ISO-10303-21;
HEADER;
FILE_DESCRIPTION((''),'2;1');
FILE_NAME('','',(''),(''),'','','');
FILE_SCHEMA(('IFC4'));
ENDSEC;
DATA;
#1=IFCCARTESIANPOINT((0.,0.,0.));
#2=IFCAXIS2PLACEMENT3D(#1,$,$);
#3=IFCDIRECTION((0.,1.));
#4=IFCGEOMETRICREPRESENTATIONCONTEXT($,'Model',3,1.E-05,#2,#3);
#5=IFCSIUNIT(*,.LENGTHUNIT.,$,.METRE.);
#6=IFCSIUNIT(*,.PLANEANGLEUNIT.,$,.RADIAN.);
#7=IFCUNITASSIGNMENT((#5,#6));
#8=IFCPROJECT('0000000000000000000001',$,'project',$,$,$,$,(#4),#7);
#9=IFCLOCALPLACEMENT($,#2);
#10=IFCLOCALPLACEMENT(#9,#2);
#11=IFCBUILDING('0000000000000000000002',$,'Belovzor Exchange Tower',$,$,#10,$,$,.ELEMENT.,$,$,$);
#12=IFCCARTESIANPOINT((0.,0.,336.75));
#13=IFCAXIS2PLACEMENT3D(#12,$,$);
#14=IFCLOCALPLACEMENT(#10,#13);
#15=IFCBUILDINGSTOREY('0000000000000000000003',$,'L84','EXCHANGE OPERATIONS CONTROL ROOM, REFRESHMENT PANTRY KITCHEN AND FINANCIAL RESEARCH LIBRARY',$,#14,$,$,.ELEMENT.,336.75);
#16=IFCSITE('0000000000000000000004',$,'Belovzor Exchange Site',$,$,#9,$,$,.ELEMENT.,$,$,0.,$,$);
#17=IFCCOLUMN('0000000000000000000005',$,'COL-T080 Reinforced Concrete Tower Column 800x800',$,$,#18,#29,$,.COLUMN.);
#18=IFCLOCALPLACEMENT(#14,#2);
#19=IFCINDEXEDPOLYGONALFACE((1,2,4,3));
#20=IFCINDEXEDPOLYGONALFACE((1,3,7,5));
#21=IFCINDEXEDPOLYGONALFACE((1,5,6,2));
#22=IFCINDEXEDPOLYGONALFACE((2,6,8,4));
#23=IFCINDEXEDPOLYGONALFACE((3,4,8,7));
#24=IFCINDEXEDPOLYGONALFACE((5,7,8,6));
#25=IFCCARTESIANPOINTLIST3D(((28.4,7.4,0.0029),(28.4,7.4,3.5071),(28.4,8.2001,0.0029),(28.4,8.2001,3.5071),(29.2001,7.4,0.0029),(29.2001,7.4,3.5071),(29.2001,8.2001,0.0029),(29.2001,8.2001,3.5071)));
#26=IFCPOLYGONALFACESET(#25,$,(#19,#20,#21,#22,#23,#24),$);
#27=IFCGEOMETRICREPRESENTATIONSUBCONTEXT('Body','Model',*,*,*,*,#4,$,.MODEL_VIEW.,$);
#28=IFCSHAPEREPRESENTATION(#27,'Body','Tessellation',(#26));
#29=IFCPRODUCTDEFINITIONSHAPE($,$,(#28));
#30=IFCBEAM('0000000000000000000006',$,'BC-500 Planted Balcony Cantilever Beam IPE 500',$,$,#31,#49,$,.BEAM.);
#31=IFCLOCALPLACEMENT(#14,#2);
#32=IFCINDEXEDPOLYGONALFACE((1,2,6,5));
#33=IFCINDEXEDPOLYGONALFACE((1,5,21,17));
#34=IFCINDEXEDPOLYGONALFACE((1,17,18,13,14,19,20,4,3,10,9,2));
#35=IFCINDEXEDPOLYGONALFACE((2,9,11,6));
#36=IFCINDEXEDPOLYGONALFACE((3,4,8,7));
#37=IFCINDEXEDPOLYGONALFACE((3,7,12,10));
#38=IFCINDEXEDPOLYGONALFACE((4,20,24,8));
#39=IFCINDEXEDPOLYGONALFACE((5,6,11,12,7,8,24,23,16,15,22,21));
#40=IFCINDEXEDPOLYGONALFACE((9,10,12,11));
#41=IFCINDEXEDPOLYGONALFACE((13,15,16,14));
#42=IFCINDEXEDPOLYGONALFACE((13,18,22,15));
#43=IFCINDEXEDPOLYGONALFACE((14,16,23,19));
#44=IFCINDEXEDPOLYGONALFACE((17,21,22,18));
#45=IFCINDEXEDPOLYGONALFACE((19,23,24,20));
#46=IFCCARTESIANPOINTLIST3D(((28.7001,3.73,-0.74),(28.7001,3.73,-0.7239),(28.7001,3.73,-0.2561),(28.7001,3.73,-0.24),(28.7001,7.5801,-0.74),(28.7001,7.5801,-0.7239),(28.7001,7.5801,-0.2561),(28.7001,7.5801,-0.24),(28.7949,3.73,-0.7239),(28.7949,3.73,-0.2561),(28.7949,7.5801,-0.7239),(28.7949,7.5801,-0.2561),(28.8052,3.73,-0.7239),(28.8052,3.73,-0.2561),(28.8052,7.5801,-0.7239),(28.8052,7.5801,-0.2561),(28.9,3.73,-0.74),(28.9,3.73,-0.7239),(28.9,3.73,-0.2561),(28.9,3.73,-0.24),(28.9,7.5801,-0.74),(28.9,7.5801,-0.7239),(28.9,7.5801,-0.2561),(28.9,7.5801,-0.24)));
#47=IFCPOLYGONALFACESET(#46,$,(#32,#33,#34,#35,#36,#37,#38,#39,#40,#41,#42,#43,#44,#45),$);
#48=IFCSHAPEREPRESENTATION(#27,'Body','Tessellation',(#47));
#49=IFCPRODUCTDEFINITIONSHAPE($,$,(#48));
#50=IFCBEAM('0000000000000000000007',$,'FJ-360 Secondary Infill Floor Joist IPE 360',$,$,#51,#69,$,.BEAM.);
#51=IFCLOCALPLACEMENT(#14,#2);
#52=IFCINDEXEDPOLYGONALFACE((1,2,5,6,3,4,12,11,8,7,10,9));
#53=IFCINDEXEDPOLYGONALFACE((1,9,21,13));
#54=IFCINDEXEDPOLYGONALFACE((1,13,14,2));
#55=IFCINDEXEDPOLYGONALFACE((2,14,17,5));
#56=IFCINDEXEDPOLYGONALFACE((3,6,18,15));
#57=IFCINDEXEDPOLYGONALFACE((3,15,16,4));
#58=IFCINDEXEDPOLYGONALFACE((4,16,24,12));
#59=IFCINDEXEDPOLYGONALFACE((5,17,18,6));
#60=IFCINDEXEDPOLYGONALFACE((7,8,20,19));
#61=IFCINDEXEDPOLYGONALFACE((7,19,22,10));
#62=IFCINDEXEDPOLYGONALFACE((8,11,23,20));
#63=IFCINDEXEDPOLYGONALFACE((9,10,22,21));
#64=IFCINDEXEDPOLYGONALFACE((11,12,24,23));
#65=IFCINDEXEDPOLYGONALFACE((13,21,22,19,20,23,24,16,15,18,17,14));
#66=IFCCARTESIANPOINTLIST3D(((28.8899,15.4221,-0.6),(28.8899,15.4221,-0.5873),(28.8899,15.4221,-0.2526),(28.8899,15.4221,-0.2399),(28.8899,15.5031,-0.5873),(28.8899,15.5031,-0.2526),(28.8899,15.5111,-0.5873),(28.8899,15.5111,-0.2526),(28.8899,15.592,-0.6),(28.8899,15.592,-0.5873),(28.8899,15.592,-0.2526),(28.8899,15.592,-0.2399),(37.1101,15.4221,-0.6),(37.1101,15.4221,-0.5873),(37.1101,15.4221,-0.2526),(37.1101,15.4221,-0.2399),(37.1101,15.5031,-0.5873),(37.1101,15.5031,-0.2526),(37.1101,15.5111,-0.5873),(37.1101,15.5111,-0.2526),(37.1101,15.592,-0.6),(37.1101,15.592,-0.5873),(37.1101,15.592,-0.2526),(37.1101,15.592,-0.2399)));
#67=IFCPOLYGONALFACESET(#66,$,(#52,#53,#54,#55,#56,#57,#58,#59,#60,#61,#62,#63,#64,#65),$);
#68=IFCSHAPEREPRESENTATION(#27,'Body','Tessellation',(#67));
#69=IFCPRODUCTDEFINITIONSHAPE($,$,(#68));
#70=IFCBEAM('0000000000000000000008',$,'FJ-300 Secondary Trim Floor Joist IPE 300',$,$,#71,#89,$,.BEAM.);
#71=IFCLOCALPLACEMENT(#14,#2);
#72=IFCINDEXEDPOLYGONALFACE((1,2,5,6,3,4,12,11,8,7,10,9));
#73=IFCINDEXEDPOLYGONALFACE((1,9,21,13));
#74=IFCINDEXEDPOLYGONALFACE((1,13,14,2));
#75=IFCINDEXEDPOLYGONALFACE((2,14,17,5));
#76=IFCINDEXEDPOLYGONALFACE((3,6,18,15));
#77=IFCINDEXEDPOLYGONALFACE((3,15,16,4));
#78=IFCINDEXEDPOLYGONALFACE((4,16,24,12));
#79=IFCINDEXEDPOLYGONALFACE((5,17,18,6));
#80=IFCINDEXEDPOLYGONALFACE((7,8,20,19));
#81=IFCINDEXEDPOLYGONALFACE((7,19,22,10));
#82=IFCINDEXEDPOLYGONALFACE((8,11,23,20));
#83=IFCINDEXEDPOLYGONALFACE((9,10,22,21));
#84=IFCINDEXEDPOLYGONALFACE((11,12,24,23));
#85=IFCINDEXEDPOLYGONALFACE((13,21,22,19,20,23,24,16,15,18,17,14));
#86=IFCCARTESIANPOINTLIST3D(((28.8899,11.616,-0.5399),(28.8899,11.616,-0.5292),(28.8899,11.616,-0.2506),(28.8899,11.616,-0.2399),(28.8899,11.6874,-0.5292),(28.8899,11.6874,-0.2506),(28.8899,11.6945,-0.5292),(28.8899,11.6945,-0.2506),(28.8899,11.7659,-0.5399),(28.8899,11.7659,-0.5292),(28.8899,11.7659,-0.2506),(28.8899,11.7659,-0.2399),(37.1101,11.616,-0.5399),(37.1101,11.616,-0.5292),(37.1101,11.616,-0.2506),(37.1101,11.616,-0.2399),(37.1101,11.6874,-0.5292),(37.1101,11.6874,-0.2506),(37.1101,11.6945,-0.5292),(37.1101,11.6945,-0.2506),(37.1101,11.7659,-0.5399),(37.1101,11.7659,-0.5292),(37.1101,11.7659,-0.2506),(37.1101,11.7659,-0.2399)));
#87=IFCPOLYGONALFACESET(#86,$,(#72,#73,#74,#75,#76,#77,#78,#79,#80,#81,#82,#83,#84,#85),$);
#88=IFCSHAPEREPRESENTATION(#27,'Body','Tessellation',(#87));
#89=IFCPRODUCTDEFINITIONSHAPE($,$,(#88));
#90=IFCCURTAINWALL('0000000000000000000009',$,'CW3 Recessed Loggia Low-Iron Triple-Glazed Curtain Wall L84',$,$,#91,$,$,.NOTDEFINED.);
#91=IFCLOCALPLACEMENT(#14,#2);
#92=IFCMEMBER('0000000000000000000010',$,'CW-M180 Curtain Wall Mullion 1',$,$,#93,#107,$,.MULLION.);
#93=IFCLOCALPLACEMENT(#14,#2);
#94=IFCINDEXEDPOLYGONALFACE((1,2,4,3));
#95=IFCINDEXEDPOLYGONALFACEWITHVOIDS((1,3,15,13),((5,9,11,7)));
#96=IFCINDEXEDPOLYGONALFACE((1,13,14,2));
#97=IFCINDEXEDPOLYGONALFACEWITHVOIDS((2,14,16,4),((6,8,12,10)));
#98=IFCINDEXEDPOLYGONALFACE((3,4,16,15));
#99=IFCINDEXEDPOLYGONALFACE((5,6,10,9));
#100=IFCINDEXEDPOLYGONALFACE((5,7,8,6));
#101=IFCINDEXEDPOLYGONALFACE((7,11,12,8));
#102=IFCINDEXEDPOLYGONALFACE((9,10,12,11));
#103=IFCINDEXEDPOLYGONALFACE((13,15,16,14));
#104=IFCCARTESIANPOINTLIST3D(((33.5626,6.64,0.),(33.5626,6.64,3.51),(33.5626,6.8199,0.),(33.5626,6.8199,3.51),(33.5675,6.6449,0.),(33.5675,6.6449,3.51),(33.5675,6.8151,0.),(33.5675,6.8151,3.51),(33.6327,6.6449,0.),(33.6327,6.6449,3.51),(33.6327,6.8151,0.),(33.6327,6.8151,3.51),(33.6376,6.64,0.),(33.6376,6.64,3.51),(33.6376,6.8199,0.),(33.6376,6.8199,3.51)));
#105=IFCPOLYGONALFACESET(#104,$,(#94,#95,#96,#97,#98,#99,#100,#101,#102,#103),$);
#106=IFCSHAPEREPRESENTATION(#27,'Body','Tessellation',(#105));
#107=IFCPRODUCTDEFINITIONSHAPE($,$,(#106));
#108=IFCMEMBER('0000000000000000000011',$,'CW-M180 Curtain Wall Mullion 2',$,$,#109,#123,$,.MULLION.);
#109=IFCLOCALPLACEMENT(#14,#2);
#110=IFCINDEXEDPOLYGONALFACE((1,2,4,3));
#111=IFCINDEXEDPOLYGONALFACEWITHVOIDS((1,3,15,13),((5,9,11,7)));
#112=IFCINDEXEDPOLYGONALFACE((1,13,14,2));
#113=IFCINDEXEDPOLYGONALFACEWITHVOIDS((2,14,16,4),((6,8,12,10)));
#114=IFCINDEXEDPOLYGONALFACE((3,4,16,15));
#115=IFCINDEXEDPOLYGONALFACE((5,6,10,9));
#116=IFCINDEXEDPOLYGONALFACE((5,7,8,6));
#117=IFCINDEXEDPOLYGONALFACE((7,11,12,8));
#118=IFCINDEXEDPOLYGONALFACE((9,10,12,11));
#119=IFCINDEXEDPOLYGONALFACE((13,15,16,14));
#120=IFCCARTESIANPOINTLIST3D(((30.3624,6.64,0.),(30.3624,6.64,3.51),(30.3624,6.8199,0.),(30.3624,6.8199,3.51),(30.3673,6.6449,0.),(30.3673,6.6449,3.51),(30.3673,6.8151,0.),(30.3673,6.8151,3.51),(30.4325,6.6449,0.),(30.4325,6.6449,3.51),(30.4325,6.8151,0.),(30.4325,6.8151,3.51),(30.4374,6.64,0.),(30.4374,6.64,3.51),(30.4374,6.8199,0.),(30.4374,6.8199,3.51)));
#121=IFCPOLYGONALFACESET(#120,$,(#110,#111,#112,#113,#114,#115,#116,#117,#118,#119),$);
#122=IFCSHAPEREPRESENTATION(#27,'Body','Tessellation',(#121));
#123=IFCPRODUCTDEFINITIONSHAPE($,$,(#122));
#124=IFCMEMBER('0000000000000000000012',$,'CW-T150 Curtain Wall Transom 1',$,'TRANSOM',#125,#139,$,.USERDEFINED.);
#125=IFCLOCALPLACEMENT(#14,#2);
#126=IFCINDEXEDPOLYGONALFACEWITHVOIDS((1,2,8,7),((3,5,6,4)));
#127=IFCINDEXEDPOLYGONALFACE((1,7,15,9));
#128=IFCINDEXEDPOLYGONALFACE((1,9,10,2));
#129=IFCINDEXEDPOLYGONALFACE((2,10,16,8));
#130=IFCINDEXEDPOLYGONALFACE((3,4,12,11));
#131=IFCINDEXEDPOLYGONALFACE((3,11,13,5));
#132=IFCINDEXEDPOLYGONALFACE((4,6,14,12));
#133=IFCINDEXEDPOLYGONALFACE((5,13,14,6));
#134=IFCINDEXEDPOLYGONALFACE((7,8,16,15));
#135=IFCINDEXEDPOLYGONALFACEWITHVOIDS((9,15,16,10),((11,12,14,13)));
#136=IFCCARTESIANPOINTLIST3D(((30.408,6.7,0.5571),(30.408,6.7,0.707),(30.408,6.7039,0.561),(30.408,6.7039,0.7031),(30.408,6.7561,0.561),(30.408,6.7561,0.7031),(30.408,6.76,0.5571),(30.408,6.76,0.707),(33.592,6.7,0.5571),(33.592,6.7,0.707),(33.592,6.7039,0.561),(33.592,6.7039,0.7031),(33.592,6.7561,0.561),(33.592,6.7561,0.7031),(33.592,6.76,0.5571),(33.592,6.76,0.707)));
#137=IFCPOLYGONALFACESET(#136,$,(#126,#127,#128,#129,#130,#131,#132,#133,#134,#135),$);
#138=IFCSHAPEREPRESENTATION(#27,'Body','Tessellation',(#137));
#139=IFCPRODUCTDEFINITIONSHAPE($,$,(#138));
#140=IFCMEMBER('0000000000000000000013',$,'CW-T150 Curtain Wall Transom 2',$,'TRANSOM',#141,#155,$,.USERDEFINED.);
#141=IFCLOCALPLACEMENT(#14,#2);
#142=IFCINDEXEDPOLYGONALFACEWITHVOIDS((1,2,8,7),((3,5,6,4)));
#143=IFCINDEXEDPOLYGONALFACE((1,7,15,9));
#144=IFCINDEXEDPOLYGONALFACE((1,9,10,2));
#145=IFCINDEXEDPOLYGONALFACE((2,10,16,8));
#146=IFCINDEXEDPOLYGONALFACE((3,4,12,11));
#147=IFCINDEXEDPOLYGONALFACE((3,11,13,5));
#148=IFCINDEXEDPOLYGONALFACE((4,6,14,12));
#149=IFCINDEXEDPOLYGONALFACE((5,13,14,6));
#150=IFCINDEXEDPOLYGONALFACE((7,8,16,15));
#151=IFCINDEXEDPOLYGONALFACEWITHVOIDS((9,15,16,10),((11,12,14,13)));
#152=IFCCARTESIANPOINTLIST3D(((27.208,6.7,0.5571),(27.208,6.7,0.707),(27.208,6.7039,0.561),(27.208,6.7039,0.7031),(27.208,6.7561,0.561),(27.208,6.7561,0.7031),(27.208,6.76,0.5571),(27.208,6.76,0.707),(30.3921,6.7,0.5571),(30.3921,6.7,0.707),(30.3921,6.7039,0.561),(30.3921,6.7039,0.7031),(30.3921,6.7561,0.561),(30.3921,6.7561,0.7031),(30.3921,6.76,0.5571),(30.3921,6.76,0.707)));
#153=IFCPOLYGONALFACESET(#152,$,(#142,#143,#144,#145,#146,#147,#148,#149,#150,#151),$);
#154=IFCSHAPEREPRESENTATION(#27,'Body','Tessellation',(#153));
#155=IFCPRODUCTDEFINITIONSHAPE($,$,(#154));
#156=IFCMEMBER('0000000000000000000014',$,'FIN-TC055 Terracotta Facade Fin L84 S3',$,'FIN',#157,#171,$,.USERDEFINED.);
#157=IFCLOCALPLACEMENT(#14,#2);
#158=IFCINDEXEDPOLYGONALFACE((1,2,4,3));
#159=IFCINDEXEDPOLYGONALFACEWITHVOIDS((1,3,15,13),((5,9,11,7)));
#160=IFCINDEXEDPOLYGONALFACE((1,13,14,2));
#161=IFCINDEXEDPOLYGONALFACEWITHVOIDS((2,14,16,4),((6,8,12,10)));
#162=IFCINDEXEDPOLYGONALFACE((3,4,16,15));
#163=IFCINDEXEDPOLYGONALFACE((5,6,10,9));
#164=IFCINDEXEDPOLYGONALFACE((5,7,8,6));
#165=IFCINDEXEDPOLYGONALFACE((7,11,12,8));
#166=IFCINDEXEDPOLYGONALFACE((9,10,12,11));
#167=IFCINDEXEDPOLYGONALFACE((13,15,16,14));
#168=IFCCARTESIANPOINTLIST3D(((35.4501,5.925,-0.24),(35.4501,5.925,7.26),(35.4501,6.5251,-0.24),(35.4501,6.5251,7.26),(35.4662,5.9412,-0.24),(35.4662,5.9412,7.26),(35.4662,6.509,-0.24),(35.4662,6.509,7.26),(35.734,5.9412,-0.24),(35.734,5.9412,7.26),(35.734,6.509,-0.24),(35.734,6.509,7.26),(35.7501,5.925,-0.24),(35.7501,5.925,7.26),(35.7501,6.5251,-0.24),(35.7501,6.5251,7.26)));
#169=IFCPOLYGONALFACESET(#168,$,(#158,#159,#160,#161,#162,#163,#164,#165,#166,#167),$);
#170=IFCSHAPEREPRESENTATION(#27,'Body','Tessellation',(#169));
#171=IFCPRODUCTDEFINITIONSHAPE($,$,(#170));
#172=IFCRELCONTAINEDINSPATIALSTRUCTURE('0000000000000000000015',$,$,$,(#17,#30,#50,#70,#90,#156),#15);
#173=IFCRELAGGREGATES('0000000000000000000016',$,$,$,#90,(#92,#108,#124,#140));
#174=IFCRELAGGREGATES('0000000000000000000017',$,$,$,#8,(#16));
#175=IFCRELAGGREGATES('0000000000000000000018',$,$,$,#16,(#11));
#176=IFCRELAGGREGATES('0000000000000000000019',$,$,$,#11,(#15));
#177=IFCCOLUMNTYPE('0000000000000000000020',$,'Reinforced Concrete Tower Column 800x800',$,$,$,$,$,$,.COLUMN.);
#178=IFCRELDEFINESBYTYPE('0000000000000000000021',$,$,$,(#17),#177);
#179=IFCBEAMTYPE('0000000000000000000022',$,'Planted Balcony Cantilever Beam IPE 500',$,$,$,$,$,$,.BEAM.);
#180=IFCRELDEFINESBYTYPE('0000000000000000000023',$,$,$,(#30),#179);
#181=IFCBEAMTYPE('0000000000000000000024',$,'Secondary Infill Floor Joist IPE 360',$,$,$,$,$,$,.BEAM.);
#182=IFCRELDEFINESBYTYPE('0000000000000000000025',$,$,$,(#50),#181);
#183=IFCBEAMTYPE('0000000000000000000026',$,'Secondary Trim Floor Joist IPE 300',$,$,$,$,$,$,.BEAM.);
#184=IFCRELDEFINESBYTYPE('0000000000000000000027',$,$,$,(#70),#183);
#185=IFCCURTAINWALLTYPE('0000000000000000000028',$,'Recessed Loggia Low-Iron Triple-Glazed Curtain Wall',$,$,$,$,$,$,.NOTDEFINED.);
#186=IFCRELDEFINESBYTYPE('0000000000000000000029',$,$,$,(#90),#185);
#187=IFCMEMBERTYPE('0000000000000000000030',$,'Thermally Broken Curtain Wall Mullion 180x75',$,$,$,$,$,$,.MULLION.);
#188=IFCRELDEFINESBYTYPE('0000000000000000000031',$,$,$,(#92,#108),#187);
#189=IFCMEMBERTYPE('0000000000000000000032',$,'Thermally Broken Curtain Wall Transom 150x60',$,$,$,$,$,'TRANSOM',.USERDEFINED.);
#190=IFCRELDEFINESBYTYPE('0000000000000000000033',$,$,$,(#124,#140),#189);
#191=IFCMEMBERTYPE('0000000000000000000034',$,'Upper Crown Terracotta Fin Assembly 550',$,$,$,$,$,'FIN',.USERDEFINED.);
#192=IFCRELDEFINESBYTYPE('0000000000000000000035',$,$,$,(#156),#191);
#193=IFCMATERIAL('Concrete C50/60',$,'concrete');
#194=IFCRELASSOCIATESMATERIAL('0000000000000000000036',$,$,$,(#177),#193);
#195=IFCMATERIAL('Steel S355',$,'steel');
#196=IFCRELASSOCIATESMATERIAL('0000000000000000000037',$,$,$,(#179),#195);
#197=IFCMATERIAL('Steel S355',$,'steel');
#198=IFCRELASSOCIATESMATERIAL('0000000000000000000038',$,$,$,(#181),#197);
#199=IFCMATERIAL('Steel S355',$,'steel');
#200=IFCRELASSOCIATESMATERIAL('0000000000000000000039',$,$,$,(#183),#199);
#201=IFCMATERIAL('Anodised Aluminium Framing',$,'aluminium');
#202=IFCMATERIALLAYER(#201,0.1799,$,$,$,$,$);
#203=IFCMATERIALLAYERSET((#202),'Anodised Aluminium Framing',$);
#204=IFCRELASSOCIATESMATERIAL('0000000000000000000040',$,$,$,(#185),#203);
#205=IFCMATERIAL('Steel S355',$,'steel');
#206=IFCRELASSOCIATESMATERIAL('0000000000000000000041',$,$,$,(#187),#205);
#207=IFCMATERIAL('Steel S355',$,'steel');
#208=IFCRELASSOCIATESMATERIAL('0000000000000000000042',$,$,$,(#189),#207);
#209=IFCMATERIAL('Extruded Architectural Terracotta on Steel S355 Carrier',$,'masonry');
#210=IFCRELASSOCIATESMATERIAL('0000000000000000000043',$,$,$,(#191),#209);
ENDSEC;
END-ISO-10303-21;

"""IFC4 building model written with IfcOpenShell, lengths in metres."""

from ifc_helpers import new_model, si_unit, direction, frame, origin, origin_2d, place, context, subcontext, project, spatial, rectangle, hollow_rectangle, i_section, extrude, material, layer, layer_set, material_profile, profile_set, type_object, element, aggregate, save


model = new_model("IFC4")

# Units and contexts
model_context = context("Model", 3, precision=1e-05, world=origin(), true_north=direction((0.0, 1.0)))
body_context = subcontext(model_context, "Body", "Model", "MODEL_VIEW")
ifc_project = project(units=[si_unit("LENGTHUNIT", "METRE"), si_unit("PLANEANGLEUNIT", "RADIAN")], contexts=[model_context])

# Site, building, storey
site_placement = place(None, origin())
site = spatial("IfcSite", under=ifc_project, at=site_placement, Name="Belovzor Exchange Site", CompositionType="ELEMENT", RefElevation=0.0)
building_placement = place(site_placement, origin())
building = spatial("IfcBuilding", under=site, at=building_placement, Name="Belovzor Exchange Tower", CompositionType="ELEMENT")
storey_placement = place(building_placement, frame((0.0, 0.0, 336.75)))
storey = spatial("IfcBuildingStorey", under=building, at=storey_placement, Name="L84", Description="EXCHANGE OPERATIONS CONTROL ROOM, REFRESHMENT PANTRY KITCHEN AND FINANCIAL RESEARCH LIBRARY", CompositionType="ELEMENT", Elevation=336.75)

# Column
ifc_material_1 = material(Name="Concrete C50/60", Category="concrete")
ifc_material_profile_1 = material_profile(ifc_material_1, rectangle(XDim=0.8, YDim=0.8, at=origin_2d()))
ifc_profile_set_1 = profile_set([ifc_material_profile_1], Name="Concrete C50/60")
column_type = type_object("IfcColumnType", Name="Reinforced Concrete Tower Column 800x800", PredefinedType="COLUMN", material=ifc_profile_set_1)
column_placement = place(storey_placement, frame((28.8, 7.8, 0.0029), z_axis=(0.0, 0.0, 1.0), x_axis=(1.0, 0.0, 0.0)))
element("IfcColumn", 1, at=column_placement, inside=storey, type_object=column_type, Name="COL-T080 Reinforced Concrete Tower Column 800x800", PredefinedType="COLUMN", context=body_context, shape_type="SweptSolid", body=[
    extrude(rectangle(XDim=0.8, YDim=0.8, at=origin_2d()), origin(), (0.0, 0.0, 1.0), 3.5042),
])

# Beams
ifc_material_2 = material(Name="Steel S355", Category="steel")
ifc_material_profile_2 = material_profile(ifc_material_2, i_section(OverallWidth=0.2, OverallDepth=0.5, WebThickness=0.0103, FlangeThickness=0.0161, at=origin_2d()))
ifc_profile_set_2 = profile_set([ifc_material_profile_2], Name="Steel S355")
beam_type_1 = type_object("IfcBeamType", Name="Planted Balcony Cantilever Beam IPE 500", PredefinedType="BEAM", material=ifc_profile_set_2)
beam_1_placement = place(storey_placement, frame((28.8, 7.5801, -0.49), z_axis=(0.0, -1.0, 0.0), x_axis=(1.0, 0.0, 0.0)))
element("IfcBeam", 2, at=beam_1_placement, inside=storey, type_object=beam_type_1, Name="BC-500 Planted Balcony Cantilever Beam IPE 500", PredefinedType="BEAM", context=body_context, shape_type="SweptSolid", body=[
    extrude(i_section(OverallWidth=0.2, OverallDepth=0.5, WebThickness=0.0103, FlangeThickness=0.0161, at=origin_2d()), origin(), (0.0, 0.0, 1.0), 3.8501),
])
ifc_material_3 = material(Name="Steel S355", Category="steel")
ifc_material_profile_3 = material_profile(ifc_material_3, i_section(OverallWidth=0.1699, OverallDepth=0.3601, WebThickness=0.0081, FlangeThickness=0.0127, at=origin_2d()))
ifc_profile_set_3 = profile_set([ifc_material_profile_3], Name="Steel S355")
beam_type_2 = type_object("IfcBeamType", Name="Secondary Infill Floor Joist IPE 360", PredefinedType="BEAM", material=ifc_profile_set_3)
beam_2_placement = place(storey_placement, frame((28.8899, 15.5071, -0.4199), z_axis=(1.0, 0.0, 0.0), x_axis=(0.0, 1.0, 0.0)))
element("IfcBeam", 3, at=beam_2_placement, inside=storey, type_object=beam_type_2, Name="FJ-360 Secondary Infill Floor Joist IPE 360", PredefinedType="BEAM", context=body_context, shape_type="SweptSolid", body=[
    extrude(i_section(OverallWidth=0.1699, OverallDepth=0.3601, WebThickness=0.0081, FlangeThickness=0.0127, at=origin_2d()), origin(), (0.0, 0.0, 1.0), 8.2202),
])
ifc_material_4 = material(Name="Steel S355", Category="steel")
ifc_material_profile_4 = material_profile(ifc_material_4, i_section(OverallWidth=0.1499, OverallDepth=0.3, WebThickness=0.0071, FlangeThickness=0.0107, at=origin_2d()))
ifc_profile_set_4 = profile_set([ifc_material_profile_4], Name="Steel S355")
beam_type_3 = type_object("IfcBeamType", Name="Secondary Trim Floor Joist IPE 300", PredefinedType="BEAM", material=ifc_profile_set_4)
beam_3_placement = place(storey_placement, frame((28.8899, 11.6909, -0.3899), z_axis=(1.0, 0.0, 0.0), x_axis=(0.0, 1.0, 0.0)))
element("IfcBeam", 4, at=beam_3_placement, inside=storey, type_object=beam_type_3, Name="FJ-300 Secondary Trim Floor Joist IPE 300", PredefinedType="BEAM", context=body_context, shape_type="SweptSolid", body=[
    extrude(i_section(OverallWidth=0.1499, OverallDepth=0.3, WebThickness=0.0071, FlangeThickness=0.0107, at=origin_2d()), origin(), (0.0, 0.0, 1.0), 8.2202),
])

# Curtain wall, members
ifc_material_5 = material(Name="Anodised Aluminium Framing", Category="aluminium")
ifc_layer_1 = layer(ifc_material_5, 0.1799)
ifc_layer_set_1 = layer_set([ifc_layer_1], Name="Anodised Aluminium Framing")
curtain_wall_type = type_object("IfcCurtainWallType", Name="Recessed Loggia Low-Iron Triple-Glazed Curtain Wall", PredefinedType="NOTDEFINED", material=ifc_layer_set_1)
curtain_wall_placement = place(storey_placement, origin())
curtain_wall = element("IfcCurtainWall", 5, at=curtain_wall_placement, inside=storey, type_object=curtain_wall_type, Name="CW3 Recessed Loggia Low-Iron Triple-Glazed Curtain Wall L84", PredefinedType="NOTDEFINED")
ifc_material_6 = material(Name="Steel S355", Category="steel")
ifc_material_profile_5 = material_profile(ifc_material_6, hollow_rectangle(XDim=0.075, YDim=0.1799, WallThickness=0.0049, at=origin_2d()))
ifc_profile_set_5 = profile_set([ifc_material_profile_5], Name="Steel S355")
member_type_1 = type_object("IfcMemberType", Name="Thermally Broken Curtain Wall Mullion 180x75", PredefinedType="MULLION", material=ifc_profile_set_5)
member_1_placement = place(storey_placement, frame((33.6001, 6.73, 0.0), z_axis=(0.0, 0.0, 1.0), x_axis=(-1.0, 0.0, 0.0)))
member_1 = element("IfcMember", 6, at=member_1_placement, type_object=member_type_1, Name="CW-M180 Curtain Wall Mullion 1", PredefinedType="MULLION", context=body_context, shape_type="SweptSolid", body=[
    extrude(hollow_rectangle(XDim=0.075, YDim=0.1799, WallThickness=0.0049, at=origin_2d()), origin(), (0.0, 0.0, 1.0), 3.51),
])
member_2_placement = place(storey_placement, frame((30.3999, 6.73, 0.0), z_axis=(0.0, 0.0, 1.0), x_axis=(-1.0, 0.0, 0.0)))
member_2 = element("IfcMember", 7, at=member_2_placement, type_object=member_type_1, Name="CW-M180 Curtain Wall Mullion 2", PredefinedType="MULLION", context=body_context, shape_type="SweptSolid", body=[
    extrude(hollow_rectangle(XDim=0.075, YDim=0.1799, WallThickness=0.0049, at=origin_2d()), origin(), (0.0, 0.0, 1.0), 3.51),
])
ifc_material_7 = material(Name="Steel S355", Category="steel")
ifc_material_profile_6 = material_profile(ifc_material_7, hollow_rectangle(XDim=0.0601, YDim=0.1499, WallThickness=0.0039, at=origin_2d()))
ifc_profile_set_6 = profile_set([ifc_material_profile_6], Name="Steel S355")
member_type_2 = type_object("IfcMemberType", Name="Thermally Broken Curtain Wall Transom 150x60", ElementType="TRANSOM", PredefinedType="USERDEFINED", material=ifc_profile_set_6)
member_3_placement = place(storey_placement, frame((33.592, 6.73, 0.6321), z_axis=(-1.0, 0.0, 0.0), x_axis=(0.0, -1.0, 0.0)))
member_3 = element("IfcMember", 8, at=member_3_placement, type_object=member_type_2, Name="CW-T150 Curtain Wall Transom 1", ObjectType="TRANSOM", PredefinedType="USERDEFINED", context=body_context, shape_type="SweptSolid", body=[
    extrude(hollow_rectangle(XDim=0.0601, YDim=0.1499, WallThickness=0.0039, at=origin_2d()), origin(), (0.0, 0.0, 1.0), 3.1841),
])
member_4_placement = place(storey_placement, frame((30.3921, 6.73, 0.6321), z_axis=(-1.0, 0.0, 0.0), x_axis=(0.0, -1.0, 0.0)))
member_4 = element("IfcMember", 9, at=member_4_placement, type_object=member_type_2, Name="CW-T150 Curtain Wall Transom 2", ObjectType="TRANSOM", PredefinedType="USERDEFINED", context=body_context, shape_type="SweptSolid", body=[
    extrude(hollow_rectangle(XDim=0.0601, YDim=0.1499, WallThickness=0.0039, at=origin_2d()), origin(), (0.0, 0.0, 1.0), 3.1841),
])

# Member
ifc_material_8 = material(Name="Extruded Architectural Terracotta on Steel S355 Carrier", Category="masonry")
ifc_material_profile_7 = material_profile(ifc_material_8, hollow_rectangle(XDim=0.3, YDim=0.6001, WallThickness=0.0161, at=origin_2d()))
ifc_profile_set_7 = profile_set([ifc_material_profile_7], Name="Extruded Architectural Terracotta on Steel S355 Carrier")
member_type_3 = type_object("IfcMemberType", Name="Upper Crown Terracotta Fin Assembly 550", ElementType="FIN", PredefinedType="USERDEFINED", material=ifc_profile_set_7)
member_5_placement = place(storey_placement, frame((35.6001, 6.2251, -0.24), z_axis=(0.0, 0.0, 1.0), x_axis=(1.0, 0.0, 0.0)))
element("IfcMember", 10, at=member_5_placement, inside=storey, type_object=member_type_3, Name="FIN-TC055 Terracotta Facade Fin L84 S3", ObjectType="FIN", PredefinedType="USERDEFINED", context=body_context, shape_type="SweptSolid", body=[
    extrude(hollow_rectangle(XDim=0.3, YDim=0.6001, WallThickness=0.0161, at=origin_2d()), origin(), (0.0, 0.0, 1.0), 7.5),
])

aggregate(curtain_wall, [member_1, member_2, member_3, member_4])

save(model, "model.ifc")
